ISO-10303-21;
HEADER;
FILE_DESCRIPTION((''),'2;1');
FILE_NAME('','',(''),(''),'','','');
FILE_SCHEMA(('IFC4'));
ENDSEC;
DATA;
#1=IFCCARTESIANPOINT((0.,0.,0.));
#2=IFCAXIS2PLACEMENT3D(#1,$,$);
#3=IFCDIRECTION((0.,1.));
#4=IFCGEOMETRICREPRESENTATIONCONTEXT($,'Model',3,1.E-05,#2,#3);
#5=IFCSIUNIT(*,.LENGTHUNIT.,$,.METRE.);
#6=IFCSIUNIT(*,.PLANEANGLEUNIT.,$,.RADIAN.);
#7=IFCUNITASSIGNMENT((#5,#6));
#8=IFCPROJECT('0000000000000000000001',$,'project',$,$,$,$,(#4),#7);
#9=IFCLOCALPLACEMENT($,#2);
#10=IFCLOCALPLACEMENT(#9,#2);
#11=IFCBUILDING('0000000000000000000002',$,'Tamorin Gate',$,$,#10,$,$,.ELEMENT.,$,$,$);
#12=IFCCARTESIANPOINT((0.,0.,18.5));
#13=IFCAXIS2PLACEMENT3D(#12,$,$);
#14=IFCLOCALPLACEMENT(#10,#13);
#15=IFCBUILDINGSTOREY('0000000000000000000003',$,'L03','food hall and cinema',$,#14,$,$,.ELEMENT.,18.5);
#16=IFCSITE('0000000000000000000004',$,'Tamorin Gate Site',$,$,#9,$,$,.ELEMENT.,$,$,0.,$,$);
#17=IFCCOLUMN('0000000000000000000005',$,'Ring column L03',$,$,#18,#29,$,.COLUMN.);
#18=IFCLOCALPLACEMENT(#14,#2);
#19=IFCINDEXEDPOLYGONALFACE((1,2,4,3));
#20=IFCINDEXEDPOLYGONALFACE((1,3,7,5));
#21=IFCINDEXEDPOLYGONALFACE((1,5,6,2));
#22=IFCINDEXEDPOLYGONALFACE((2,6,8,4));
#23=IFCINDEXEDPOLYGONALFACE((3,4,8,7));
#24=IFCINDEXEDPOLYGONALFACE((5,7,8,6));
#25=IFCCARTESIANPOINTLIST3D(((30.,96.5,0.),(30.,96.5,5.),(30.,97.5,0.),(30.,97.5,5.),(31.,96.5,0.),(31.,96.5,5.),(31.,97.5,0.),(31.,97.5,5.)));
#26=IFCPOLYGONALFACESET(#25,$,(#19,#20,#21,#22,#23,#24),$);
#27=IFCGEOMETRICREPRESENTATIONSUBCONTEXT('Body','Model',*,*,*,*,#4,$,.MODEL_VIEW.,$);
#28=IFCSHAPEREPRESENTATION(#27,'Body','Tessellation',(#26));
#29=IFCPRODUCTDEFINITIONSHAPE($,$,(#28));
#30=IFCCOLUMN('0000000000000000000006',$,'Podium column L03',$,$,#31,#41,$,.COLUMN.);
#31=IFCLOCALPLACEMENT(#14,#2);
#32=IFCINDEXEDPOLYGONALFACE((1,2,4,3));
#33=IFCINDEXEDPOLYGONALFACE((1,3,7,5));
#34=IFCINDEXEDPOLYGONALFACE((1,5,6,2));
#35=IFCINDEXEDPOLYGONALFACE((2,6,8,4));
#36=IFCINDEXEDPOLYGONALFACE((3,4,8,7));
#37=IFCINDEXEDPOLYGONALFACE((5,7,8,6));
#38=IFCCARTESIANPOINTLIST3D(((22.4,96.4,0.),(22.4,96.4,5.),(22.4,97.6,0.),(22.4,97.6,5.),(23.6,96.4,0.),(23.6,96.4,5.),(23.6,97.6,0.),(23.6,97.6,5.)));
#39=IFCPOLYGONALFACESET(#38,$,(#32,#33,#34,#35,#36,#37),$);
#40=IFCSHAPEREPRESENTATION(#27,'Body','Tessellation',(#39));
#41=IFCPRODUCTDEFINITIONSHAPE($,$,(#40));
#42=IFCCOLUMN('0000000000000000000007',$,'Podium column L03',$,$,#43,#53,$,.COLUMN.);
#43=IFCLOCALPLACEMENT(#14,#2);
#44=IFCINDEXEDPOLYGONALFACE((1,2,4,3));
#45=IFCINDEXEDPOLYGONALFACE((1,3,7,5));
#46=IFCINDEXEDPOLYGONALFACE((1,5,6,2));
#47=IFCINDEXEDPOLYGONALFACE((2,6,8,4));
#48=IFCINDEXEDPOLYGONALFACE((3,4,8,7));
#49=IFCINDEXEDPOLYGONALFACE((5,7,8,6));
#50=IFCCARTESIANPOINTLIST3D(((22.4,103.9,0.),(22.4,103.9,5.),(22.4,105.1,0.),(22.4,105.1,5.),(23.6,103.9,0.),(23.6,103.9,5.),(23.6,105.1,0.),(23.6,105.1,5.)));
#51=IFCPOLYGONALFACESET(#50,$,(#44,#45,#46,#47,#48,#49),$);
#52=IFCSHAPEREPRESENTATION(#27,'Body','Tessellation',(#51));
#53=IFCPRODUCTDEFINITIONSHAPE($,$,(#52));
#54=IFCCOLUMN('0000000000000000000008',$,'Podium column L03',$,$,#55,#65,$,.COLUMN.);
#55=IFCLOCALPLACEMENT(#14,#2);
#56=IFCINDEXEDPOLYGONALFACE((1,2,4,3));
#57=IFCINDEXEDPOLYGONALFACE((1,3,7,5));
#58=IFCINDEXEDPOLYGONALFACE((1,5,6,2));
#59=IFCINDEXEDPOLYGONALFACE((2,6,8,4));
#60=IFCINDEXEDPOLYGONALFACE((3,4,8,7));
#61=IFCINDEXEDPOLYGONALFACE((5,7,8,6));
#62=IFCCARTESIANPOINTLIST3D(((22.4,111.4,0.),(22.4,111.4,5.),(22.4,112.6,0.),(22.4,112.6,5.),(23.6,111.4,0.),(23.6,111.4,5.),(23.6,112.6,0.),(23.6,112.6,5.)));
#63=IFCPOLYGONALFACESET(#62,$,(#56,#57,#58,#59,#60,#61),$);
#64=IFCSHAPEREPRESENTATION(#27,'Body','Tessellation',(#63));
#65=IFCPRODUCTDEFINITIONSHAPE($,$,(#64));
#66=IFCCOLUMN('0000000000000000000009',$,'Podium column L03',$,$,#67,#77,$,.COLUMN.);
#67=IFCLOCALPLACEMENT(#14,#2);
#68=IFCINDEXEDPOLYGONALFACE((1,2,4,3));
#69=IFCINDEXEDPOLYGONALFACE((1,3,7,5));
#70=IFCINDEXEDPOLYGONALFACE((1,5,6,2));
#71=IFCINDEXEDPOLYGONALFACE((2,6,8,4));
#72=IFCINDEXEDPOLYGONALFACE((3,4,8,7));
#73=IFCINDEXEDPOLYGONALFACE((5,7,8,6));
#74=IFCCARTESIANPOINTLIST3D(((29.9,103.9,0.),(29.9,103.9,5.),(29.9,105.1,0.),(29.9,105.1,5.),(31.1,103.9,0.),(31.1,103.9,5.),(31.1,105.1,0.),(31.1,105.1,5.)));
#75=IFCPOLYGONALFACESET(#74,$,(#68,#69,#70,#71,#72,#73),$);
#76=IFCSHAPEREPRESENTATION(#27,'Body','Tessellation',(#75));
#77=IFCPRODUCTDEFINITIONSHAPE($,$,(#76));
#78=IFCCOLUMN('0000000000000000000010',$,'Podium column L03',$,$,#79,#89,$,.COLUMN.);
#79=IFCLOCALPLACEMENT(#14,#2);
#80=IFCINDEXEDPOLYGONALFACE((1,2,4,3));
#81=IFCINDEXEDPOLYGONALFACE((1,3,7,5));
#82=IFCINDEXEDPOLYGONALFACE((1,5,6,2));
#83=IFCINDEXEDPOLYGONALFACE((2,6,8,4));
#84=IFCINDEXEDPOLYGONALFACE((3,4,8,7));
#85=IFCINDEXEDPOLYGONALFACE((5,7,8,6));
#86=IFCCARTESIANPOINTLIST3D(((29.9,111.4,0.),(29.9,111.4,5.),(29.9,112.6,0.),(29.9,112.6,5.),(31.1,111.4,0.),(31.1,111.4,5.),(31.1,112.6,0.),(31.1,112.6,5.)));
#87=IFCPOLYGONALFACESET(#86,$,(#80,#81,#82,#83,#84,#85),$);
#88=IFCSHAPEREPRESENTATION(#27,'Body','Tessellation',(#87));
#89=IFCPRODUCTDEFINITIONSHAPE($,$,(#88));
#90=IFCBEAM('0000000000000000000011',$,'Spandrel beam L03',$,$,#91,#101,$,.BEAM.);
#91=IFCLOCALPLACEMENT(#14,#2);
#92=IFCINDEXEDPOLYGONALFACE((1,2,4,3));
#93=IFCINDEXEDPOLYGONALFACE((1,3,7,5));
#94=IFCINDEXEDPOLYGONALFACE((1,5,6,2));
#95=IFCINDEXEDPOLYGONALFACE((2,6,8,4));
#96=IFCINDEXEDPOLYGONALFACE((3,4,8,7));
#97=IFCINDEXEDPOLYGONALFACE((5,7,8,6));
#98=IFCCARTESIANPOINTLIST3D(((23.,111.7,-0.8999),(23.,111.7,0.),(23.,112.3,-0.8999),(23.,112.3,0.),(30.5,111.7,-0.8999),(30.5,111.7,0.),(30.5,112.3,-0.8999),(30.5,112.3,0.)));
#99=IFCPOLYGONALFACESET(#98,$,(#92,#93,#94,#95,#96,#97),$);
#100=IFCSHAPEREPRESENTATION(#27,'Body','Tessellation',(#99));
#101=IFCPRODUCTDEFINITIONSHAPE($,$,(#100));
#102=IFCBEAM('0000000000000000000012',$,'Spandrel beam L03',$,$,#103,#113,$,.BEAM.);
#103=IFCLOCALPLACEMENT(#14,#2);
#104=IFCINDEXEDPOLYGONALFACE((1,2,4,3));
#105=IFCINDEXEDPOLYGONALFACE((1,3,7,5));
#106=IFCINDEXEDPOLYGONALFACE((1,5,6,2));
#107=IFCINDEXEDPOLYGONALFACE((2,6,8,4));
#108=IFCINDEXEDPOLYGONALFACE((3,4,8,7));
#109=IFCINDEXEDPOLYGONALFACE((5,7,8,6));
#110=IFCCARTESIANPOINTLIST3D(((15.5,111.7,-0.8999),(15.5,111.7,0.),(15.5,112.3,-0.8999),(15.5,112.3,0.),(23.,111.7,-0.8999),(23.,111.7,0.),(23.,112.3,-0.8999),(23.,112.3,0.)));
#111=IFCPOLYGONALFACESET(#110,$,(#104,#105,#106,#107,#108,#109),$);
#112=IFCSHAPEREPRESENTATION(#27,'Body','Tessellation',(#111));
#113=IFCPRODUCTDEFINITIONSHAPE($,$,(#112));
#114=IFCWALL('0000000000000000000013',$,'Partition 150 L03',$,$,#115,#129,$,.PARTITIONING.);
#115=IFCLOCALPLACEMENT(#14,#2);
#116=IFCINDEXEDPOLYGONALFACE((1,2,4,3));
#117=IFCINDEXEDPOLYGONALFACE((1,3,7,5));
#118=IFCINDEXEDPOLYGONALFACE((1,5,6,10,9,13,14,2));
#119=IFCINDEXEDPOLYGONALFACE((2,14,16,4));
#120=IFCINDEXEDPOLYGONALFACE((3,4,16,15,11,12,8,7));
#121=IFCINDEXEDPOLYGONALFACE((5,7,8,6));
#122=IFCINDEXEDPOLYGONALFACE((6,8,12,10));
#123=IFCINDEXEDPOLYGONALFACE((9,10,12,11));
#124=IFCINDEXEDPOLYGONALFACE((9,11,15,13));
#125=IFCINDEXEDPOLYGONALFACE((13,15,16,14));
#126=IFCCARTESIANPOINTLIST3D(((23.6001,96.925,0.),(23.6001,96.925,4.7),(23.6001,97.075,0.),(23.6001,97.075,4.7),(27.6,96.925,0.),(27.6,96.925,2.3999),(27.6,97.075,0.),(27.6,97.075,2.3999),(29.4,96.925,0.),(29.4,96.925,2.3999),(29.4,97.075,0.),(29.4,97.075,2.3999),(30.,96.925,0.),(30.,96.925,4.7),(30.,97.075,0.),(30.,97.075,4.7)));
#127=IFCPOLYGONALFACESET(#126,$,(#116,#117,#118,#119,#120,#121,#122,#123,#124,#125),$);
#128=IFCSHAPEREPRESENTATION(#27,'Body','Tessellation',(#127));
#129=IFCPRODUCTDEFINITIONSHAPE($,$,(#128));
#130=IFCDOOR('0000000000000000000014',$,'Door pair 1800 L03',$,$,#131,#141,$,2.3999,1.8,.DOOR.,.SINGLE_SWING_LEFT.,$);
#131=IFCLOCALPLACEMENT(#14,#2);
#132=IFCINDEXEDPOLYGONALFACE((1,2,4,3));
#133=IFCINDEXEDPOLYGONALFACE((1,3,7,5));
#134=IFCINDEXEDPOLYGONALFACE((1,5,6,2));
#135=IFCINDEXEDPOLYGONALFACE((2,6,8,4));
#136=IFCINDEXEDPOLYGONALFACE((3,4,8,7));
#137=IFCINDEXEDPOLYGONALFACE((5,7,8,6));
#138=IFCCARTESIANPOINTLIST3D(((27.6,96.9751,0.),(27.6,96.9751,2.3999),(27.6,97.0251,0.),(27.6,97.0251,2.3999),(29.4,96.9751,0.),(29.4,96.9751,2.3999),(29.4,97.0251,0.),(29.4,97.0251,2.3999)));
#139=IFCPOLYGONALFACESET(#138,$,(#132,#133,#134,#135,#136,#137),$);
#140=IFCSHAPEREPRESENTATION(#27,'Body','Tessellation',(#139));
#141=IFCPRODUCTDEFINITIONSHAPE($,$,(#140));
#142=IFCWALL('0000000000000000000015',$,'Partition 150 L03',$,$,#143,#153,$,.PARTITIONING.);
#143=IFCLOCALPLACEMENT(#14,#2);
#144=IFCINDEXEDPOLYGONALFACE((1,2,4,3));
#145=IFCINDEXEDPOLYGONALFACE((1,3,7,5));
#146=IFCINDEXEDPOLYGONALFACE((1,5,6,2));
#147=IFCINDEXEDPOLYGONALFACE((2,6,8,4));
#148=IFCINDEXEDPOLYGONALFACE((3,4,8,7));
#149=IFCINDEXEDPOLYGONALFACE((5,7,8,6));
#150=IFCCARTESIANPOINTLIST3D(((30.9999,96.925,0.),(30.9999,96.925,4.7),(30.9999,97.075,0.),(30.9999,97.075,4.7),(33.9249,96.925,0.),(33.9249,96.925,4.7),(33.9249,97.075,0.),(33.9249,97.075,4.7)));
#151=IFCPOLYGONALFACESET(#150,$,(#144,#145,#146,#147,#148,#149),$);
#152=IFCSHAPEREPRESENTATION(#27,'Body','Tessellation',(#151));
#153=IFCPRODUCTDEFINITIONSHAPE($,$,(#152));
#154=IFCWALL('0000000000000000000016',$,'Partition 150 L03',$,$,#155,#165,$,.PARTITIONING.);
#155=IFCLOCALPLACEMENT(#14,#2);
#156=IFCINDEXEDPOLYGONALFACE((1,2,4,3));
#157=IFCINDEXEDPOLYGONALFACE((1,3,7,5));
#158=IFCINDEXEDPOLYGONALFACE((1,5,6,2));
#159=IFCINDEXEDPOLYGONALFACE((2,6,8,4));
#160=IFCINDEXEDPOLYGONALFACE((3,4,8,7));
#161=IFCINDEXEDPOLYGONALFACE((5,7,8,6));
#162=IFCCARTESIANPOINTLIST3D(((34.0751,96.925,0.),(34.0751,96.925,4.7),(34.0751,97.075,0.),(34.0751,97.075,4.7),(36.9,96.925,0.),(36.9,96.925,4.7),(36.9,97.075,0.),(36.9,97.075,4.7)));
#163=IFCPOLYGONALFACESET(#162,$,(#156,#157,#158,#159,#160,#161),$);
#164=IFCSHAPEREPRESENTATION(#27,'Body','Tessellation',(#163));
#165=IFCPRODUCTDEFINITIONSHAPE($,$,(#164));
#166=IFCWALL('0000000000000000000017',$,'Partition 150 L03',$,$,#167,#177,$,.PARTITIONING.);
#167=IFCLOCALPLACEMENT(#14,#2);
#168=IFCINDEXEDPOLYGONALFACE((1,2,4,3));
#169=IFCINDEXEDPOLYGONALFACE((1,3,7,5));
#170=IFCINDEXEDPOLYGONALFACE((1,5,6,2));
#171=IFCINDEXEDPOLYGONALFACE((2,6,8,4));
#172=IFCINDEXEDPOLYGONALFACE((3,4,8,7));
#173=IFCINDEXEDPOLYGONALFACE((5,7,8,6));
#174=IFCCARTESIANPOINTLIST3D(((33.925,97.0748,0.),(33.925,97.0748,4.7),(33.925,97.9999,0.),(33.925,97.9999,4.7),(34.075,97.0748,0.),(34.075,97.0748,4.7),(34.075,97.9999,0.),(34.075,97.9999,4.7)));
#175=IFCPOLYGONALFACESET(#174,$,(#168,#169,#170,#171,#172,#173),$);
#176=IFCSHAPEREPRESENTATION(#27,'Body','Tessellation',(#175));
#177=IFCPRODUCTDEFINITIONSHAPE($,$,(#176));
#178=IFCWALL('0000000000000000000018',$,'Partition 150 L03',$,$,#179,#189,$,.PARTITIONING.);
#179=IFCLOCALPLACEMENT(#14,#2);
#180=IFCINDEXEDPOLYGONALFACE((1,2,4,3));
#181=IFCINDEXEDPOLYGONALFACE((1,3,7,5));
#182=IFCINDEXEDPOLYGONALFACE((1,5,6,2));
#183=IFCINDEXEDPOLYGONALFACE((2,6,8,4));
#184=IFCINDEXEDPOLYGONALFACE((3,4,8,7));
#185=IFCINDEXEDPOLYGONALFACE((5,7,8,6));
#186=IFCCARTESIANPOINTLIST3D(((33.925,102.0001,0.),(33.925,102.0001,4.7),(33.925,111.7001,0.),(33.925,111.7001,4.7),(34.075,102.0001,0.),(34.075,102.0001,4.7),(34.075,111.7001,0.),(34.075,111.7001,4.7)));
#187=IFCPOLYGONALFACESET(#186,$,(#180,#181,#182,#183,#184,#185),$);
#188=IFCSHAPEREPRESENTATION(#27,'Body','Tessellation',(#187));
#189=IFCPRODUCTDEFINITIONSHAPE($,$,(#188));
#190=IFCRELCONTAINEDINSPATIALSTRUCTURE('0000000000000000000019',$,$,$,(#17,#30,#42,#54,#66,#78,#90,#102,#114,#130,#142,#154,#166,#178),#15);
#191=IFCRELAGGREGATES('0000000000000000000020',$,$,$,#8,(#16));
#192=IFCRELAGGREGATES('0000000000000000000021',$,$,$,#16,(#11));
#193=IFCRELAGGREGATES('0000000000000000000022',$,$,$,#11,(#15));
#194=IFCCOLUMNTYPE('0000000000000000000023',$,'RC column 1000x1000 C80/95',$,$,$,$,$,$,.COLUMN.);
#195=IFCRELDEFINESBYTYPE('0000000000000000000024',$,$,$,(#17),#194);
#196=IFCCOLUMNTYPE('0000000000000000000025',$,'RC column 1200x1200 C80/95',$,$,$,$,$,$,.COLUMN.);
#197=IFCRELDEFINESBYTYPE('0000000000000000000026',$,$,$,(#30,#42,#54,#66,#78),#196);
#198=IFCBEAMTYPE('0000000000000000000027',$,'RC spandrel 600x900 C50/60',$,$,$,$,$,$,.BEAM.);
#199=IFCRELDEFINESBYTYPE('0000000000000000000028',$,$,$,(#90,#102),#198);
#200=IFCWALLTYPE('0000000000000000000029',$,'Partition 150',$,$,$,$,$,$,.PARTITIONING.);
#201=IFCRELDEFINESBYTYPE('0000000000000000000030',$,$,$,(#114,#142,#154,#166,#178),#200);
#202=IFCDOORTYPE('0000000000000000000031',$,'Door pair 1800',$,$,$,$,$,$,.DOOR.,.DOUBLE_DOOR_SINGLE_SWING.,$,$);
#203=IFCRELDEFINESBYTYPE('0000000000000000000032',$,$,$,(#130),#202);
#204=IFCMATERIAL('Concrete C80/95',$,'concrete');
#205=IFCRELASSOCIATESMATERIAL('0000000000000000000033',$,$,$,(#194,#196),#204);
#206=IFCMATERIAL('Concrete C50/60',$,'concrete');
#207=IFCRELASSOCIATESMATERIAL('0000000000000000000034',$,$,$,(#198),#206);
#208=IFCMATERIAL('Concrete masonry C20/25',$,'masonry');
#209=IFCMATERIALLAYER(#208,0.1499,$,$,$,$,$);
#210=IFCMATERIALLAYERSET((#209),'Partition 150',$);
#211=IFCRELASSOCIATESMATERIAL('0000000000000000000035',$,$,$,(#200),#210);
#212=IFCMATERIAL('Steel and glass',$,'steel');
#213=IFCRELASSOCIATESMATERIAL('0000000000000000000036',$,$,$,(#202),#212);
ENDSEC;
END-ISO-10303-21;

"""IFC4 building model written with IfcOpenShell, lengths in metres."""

from ifc_helpers import new_model, si_unit, direction, frame, frame_2d, origin, origin_2d, place, context, subcontext, project, spatial, rectangle, extrude, material, layer, layer_set, material_profile, profile_set, type_object, element, fill, save


model = new_model("IFC4")

# Units and contexts
model_context = context("Model", 3, precision=1e-05, world=origin(), true_north=direction((0.0, 1.0)))
body_context = subcontext(model_context, "Body", "Model", "MODEL_VIEW")
ifc_project = project(units=[si_unit("LENGTHUNIT", "METRE"), si_unit("PLANEANGLEUNIT", "RADIAN")], contexts=[model_context])

# Site, building, storey
site_placement = place(None, origin())
site = spatial("IfcSite", under=ifc_project, at=site_placement, Name="Tamorin Gate Site", CompositionType="ELEMENT", RefElevation=0.0)
building_placement = place(site_placement, origin())
building = spatial("IfcBuilding", under=site, at=building_placement, Name="Tamorin Gate", CompositionType="ELEMENT")
storey_placement = place(building_placement, frame((0.0, 0.0, 18.5)))
storey = spatial("IfcBuildingStorey", under=building, at=storey_placement, Name="L03", Description="food hall and cinema", CompositionType="ELEMENT", Elevation=18.5)

# Columns
ifc_material_1 = material(Name="Concrete C80/95", Category="concrete")
ifc_material_profile_1 = material_profile(ifc_material_1, rectangle(XDim=1.0, YDim=1.0, at=origin_2d()), Name="RC 1000x1000")
ifc_profile_set_1 = profile_set([ifc_material_profile_1], Name="Concrete C80/95")
column_type_1 = type_object("IfcColumnType", Name="RC column 1000x1000 C80/95", PredefinedType="COLUMN", material=ifc_profile_set_1)
column_placement = place(storey_placement, frame((30.5, 97.0, 0.0), z_axis=(0.0, 0.0, 1.0), x_axis=(1.0, 0.0, 0.0)))
element("IfcColumn", 1, at=column_placement, inside=storey, type_object=column_type_1, Name="Ring column L03", PredefinedType="COLUMN", context=body_context, shape_type="SweptSolid", body=[
    extrude(rectangle(XDim=1.0, YDim=1.0, at=origin_2d()), origin(), (0.0, 0.0, 1.0), 5.0),
])
ifc_material_profile_2 = material_profile(ifc_material_1, rectangle(XDim=1.2, YDim=1.2, at=origin_2d()), Name="RC 1200x1200")
ifc_profile_set_2 = profile_set([ifc_material_profile_2], Name="Concrete C80/95")
column_type_2 = type_object("IfcColumnType", Name="RC column 1200x1200 C80/95", PredefinedType="COLUMN", material=ifc_profile_set_2)
for number, where, z_axis, x_axis, name in (
    (2, (23.0, 97.0, 0.0), (0.0, 0.0, 1.0), (1.0, 0.0, 0.0), "Podium column L03"),
    (3, (23.0, 104.5, 0.0), (0.0, 0.0, 1.0), (1.0, 0.0, 0.0), "Podium column L03"),
    (4, (23.0, 112.0, 0.0), (0.0, 0.0, 1.0), (1.0, 0.0, 0.0), "Podium column L03"),
    (5, (30.5, 104.5, 0.0), (0.0, 0.0, 1.0), (1.0, 0.0, 0.0), "Podium column L03"),
    (6, (30.5, 112.0, 0.0), (0.0, 0.0, 1.0), (1.0, 0.0, 0.0), "Podium column L03"),
):
    element("IfcColumn", number, at=place(storey_placement, frame(where, z_axis=z_axis, x_axis=x_axis)), inside=storey, type_object=column_type_2, Name=name, PredefinedType="COLUMN", context=body_context, shape_type="SweptSolid", body=[
        extrude(rectangle(XDim=1.2, YDim=1.2, at=origin_2d()), origin(), (0.0, 0.0, 1.0), 5.0),
    ])

# Beams
ifc_material_2 = material(Name="Concrete C50/60", Category="concrete")
ifc_material_profile_3 = material_profile(ifc_material_2, rectangle(XDim=0.6001, YDim=0.8999, at=origin_2d()), Name="RC 600x900")
ifc_profile_set_3 = profile_set([ifc_material_profile_3], Name="Concrete C50/60")
beam_type = type_object("IfcBeamType", Name="RC spandrel 600x900 C50/60", PredefinedType="BEAM", material=ifc_profile_set_3)
for number, where, z_axis, x_axis, name in (
    (7, (30.5, 112.0, -0.45), (-1.0, 0.0, 0.0), (0.0, -1.0, 0.0), "Spandrel beam L03"),
    (8, (23.0, 112.0, -0.45), (-1.0, 0.0, 0.0), (0.0, -1.0, 0.0), "Spandrel beam L03"),
):
    element("IfcBeam", number, at=place(storey_placement, frame(where, z_axis=z_axis, x_axis=x_axis)), inside=storey, type_object=beam_type, Name=name, PredefinedType="BEAM", context=body_context, shape_type="SweptSolid", body=[
        extrude(rectangle(XDim=0.6001, YDim=0.8999, at=origin_2d()), origin(), (0.0, 0.0, 1.0), 7.5),
    ])

# Wall, opening, door
ifc_material_3 = material(Name="Concrete masonry C20/25", Category="masonry")
ifc_layer_1 = layer(ifc_material_3, 0.1499)
ifc_layer_set_1 = layer_set([ifc_layer_1], Name="Partition 150")
wall_type_1 = type_object("IfcWallType", Name="Partition 150", PredefinedType="PARTITIONING", material=ifc_layer_set_1)
wall_1_placement = place(storey_placement, frame((30.0, 97.0, 0.0), z_axis=(0.0, 0.0, 1.0), x_axis=(-1.0, 0.0, 0.0)))
wall_1 = element("IfcWall", 9, at=wall_1_placement, inside=storey, type_object=wall_type_1, Name="Partition 150 L03", PredefinedType="PARTITIONING", context=body_context, shape_type="SweptSolid", body=[
    extrude(rectangle(XDim=6.3999, YDim=0.1499, at=frame_2d((3.2, 0.0))), origin(), (0.0, 0.0, 1.0), 4.7),
])
opening_1_placement = place(wall_1_placement, frame((0.6001, 0.0, 0.0)))
opening_1 = element("IfcOpeningElement", 10, at=opening_1_placement, cuts=wall_1, PredefinedType="OPENING", context=body_context, shape_type="SweptSolid", body=[
    extrude(rectangle(XDim=1.8, YDim=2.3999, at=frame_2d((0.8999, 1.2))), frame((0.0, 0.085, 0.0), z_axis=(0.0, -1.0, 0.0), x_axis=(1.0, 0.0, 0.0)), (0.0, 0.0, 1.0), 0.1699),
])
ifc_material_4 = material(Name="Steel and glass", Category="steel")
door_type = type_object("IfcDoorType", Name="Door pair 1800", OperationType="DOUBLE_DOOR_SINGLE_SWING", PredefinedType="DOOR", material=ifc_material_4)
door_placement = place(opening_1_placement, origin())
door = element("IfcDoor", 11, at=door_placement, inside=storey, type_object=door_type, Name="Door pair 1800 L03", OperationType="SINGLE_SWING_LEFT", OverallHeight=2.3999, OverallWidth=1.8, PredefinedType="DOOR", context=body_context, shape_type="SweptSolid", body=[
    extrude(rectangle(XDim=1.8, YDim=2.3999, at=frame_2d((0.8999, 1.2))), frame((0.0, 0.0249, 0.0), z_axis=(0.0, -1.0, 0.0), x_axis=(1.0, 0.0, 0.0)), (0.0, 0.0, 1.0), 0.05),
])
fill(opening_1, door)

# Walls
wall_2_placement = place(storey_placement, frame((31.0, 97.0, 0.0), z_axis=(0.0, 0.0, 1.0), x_axis=(1.0, 0.0, 0.0)))
element("IfcWall", 12, at=wall_2_placement, inside=storey, type_object=wall_type_1, Name="Partition 150 L03", PredefinedType="PARTITIONING", context=body_context, shape_type="SweptSolid", body=[
    extrude(rectangle(XDim=2.925, YDim=0.1499, at=frame_2d((1.4624, 0.0))), origin(), (0.0, 0.0, 1.0), 4.7),
])
wall_3_placement = place(storey_placement, frame((34.075, 97.0, 0.0), z_axis=(0.0, 0.0, 1.0), x_axis=(1.0, 0.0, 0.0)))
element("IfcWall", 13, at=wall_3_placement, inside=storey, type_object=wall_type_1, Name="Partition 150 L03", PredefinedType="PARTITIONING", context=body_context, shape_type="SweptSolid", body=[
    extrude(rectangle(XDim=2.825, YDim=0.1499, at=frame_2d((1.4126, 0.0))), origin(), (0.0, 0.0, 1.0), 4.7),
])
wall_4_placement = place(storey_placement, frame((34.0, 97.075, 0.0), z_axis=(0.0, 0.0, 1.0), x_axis=(0.0, 1.0, 0.0)))
element("IfcWall", 14, at=wall_4_placement, inside=storey, type_object=wall_type_1, Name="Partition 150 L03", PredefinedType="PARTITIONING", context=body_context, shape_type="SweptSolid", body=[
    extrude(rectangle(XDim=0.925, YDim=0.1499, at=frame_2d((0.4624, 0.0))), origin(), (0.0, 0.0, 1.0), 4.7),
])
wall_5_placement = place(storey_placement, frame((34.0, 102.0, 0.0), z_axis=(0.0, 0.0, 1.0), x_axis=(0.0, 1.0, 0.0)))
element("IfcWall", 15, at=wall_5_placement, inside=storey, type_object=wall_type_1, Name="Partition 150 L03", PredefinedType="PARTITIONING", context=body_context, shape_type="SweptSolid", body=[
    extrude(rectangle(XDim=9.7, YDim=0.1499, at=frame_2d((4.8501, 0.0))), origin(), (0.0, 0.0, 1.0), 4.7),
])

save(model, "model.ifc")
